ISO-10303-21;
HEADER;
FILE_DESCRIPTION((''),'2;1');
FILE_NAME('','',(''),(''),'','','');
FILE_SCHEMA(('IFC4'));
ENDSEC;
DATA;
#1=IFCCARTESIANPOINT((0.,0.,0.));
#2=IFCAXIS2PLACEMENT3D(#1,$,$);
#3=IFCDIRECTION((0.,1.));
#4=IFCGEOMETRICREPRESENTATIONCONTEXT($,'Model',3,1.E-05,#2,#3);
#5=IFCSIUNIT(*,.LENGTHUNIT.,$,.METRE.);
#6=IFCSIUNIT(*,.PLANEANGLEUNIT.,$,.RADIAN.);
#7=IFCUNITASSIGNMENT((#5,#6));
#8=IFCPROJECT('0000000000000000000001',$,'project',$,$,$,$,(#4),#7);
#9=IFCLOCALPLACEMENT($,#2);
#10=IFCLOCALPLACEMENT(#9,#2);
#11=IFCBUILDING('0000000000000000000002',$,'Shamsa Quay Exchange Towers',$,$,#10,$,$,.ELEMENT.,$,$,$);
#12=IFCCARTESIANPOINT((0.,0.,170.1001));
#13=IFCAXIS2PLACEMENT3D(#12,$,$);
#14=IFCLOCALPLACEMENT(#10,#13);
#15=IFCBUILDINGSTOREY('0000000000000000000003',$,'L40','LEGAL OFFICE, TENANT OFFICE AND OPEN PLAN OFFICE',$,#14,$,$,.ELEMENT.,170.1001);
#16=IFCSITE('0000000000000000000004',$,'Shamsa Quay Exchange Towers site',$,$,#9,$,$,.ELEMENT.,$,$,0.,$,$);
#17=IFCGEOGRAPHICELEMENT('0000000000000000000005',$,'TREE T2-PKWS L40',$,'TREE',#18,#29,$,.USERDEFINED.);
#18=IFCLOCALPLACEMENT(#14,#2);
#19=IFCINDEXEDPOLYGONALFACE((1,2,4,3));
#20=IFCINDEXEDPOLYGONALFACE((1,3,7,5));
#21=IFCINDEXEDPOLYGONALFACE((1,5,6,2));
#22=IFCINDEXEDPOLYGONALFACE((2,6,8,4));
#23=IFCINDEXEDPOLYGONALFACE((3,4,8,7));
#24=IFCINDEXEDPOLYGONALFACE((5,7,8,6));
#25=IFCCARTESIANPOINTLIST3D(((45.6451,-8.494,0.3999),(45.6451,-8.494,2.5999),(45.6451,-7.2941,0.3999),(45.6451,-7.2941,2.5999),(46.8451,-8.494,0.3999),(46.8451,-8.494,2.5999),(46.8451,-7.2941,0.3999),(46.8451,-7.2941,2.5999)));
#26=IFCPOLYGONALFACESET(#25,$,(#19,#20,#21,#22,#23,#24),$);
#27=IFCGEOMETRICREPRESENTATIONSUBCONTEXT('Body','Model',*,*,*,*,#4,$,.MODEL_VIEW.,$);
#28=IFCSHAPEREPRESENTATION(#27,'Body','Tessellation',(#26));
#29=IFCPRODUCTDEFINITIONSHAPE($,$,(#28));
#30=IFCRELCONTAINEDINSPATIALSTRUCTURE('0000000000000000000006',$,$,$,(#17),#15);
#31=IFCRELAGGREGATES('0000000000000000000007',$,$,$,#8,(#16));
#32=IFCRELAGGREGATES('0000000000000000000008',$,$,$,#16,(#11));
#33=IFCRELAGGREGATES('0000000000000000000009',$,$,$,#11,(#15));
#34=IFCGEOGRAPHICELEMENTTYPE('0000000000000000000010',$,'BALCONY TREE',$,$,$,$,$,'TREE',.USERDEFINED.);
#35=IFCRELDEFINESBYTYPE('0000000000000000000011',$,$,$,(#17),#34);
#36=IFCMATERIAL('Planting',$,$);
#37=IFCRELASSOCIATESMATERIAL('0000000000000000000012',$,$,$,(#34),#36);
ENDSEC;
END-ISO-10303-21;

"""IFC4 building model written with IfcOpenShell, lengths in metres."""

from ifc_helpers import new_model, si_unit, direction, frame, origin, origin_2d, place, context, subcontext, project, spatial, rectangle, extrude, material, type_object, element, save


model = new_model("IFC4")

# Units and contexts
model_context = context("Model", 3, precision=1e-05, world=origin(), true_north=direction((0.0, 1.0)))
body_context = subcontext(model_context, "Body", "Model", "MODEL_VIEW")
ifc_project = project(units=[si_unit("LENGTHUNIT", "METRE"), si_unit("PLANEANGLEUNIT", "RADIAN")], contexts=[model_context])

# Site, building, storey
site_placement = place(None, origin())
site = spatial("IfcSite", under=ifc_project, at=site_placement, Name="Shamsa Quay Exchange Towers site", CompositionType="ELEMENT", RefElevation=0.0)
building_placement = place(site_placement, origin())
building = spatial("IfcBuilding", under=site, at=building_placement, Name="Shamsa Quay Exchange Towers", CompositionType="ELEMENT")
storey_placement = place(building_placement, frame((0.0, 0.0, 170.1001)))
storey = spatial("IfcBuildingStorey", under=building, at=storey_placement, Name="L40", Description="LEGAL OFFICE, TENANT OFFICE AND OPEN PLAN OFFICE", CompositionType="ELEMENT", Elevation=170.1001)

# Geographic element
ifc_material_1 = material(Name="Planting")
geographic_element_type = type_object("IfcGeographicElementType", Name="BALCONY TREE", ElementType="TREE", PredefinedType="USERDEFINED", material=ifc_material_1)
geographic_element_placement = place(storey_placement, frame((46.2451, -7.894, 0.3999), z_axis=(0.0, 0.0, 1.0), x_axis=(0.0, 1.0, 0.0)))
element("IfcGeographicElement", 1, at=geographic_element_placement, inside=storey, type_object=geographic_element_type, Name="TREE T2-PKWS L40", ObjectType="TREE", PredefinedType="USERDEFINED", context=body_context, shape_type="SweptSolid", body=[
    extrude(rectangle(XDim=1.2, YDim=1.2, at=origin_2d()), origin(), (0.0, 0.0, 1.0), 2.2),
])

save(model, "model.ifc")
